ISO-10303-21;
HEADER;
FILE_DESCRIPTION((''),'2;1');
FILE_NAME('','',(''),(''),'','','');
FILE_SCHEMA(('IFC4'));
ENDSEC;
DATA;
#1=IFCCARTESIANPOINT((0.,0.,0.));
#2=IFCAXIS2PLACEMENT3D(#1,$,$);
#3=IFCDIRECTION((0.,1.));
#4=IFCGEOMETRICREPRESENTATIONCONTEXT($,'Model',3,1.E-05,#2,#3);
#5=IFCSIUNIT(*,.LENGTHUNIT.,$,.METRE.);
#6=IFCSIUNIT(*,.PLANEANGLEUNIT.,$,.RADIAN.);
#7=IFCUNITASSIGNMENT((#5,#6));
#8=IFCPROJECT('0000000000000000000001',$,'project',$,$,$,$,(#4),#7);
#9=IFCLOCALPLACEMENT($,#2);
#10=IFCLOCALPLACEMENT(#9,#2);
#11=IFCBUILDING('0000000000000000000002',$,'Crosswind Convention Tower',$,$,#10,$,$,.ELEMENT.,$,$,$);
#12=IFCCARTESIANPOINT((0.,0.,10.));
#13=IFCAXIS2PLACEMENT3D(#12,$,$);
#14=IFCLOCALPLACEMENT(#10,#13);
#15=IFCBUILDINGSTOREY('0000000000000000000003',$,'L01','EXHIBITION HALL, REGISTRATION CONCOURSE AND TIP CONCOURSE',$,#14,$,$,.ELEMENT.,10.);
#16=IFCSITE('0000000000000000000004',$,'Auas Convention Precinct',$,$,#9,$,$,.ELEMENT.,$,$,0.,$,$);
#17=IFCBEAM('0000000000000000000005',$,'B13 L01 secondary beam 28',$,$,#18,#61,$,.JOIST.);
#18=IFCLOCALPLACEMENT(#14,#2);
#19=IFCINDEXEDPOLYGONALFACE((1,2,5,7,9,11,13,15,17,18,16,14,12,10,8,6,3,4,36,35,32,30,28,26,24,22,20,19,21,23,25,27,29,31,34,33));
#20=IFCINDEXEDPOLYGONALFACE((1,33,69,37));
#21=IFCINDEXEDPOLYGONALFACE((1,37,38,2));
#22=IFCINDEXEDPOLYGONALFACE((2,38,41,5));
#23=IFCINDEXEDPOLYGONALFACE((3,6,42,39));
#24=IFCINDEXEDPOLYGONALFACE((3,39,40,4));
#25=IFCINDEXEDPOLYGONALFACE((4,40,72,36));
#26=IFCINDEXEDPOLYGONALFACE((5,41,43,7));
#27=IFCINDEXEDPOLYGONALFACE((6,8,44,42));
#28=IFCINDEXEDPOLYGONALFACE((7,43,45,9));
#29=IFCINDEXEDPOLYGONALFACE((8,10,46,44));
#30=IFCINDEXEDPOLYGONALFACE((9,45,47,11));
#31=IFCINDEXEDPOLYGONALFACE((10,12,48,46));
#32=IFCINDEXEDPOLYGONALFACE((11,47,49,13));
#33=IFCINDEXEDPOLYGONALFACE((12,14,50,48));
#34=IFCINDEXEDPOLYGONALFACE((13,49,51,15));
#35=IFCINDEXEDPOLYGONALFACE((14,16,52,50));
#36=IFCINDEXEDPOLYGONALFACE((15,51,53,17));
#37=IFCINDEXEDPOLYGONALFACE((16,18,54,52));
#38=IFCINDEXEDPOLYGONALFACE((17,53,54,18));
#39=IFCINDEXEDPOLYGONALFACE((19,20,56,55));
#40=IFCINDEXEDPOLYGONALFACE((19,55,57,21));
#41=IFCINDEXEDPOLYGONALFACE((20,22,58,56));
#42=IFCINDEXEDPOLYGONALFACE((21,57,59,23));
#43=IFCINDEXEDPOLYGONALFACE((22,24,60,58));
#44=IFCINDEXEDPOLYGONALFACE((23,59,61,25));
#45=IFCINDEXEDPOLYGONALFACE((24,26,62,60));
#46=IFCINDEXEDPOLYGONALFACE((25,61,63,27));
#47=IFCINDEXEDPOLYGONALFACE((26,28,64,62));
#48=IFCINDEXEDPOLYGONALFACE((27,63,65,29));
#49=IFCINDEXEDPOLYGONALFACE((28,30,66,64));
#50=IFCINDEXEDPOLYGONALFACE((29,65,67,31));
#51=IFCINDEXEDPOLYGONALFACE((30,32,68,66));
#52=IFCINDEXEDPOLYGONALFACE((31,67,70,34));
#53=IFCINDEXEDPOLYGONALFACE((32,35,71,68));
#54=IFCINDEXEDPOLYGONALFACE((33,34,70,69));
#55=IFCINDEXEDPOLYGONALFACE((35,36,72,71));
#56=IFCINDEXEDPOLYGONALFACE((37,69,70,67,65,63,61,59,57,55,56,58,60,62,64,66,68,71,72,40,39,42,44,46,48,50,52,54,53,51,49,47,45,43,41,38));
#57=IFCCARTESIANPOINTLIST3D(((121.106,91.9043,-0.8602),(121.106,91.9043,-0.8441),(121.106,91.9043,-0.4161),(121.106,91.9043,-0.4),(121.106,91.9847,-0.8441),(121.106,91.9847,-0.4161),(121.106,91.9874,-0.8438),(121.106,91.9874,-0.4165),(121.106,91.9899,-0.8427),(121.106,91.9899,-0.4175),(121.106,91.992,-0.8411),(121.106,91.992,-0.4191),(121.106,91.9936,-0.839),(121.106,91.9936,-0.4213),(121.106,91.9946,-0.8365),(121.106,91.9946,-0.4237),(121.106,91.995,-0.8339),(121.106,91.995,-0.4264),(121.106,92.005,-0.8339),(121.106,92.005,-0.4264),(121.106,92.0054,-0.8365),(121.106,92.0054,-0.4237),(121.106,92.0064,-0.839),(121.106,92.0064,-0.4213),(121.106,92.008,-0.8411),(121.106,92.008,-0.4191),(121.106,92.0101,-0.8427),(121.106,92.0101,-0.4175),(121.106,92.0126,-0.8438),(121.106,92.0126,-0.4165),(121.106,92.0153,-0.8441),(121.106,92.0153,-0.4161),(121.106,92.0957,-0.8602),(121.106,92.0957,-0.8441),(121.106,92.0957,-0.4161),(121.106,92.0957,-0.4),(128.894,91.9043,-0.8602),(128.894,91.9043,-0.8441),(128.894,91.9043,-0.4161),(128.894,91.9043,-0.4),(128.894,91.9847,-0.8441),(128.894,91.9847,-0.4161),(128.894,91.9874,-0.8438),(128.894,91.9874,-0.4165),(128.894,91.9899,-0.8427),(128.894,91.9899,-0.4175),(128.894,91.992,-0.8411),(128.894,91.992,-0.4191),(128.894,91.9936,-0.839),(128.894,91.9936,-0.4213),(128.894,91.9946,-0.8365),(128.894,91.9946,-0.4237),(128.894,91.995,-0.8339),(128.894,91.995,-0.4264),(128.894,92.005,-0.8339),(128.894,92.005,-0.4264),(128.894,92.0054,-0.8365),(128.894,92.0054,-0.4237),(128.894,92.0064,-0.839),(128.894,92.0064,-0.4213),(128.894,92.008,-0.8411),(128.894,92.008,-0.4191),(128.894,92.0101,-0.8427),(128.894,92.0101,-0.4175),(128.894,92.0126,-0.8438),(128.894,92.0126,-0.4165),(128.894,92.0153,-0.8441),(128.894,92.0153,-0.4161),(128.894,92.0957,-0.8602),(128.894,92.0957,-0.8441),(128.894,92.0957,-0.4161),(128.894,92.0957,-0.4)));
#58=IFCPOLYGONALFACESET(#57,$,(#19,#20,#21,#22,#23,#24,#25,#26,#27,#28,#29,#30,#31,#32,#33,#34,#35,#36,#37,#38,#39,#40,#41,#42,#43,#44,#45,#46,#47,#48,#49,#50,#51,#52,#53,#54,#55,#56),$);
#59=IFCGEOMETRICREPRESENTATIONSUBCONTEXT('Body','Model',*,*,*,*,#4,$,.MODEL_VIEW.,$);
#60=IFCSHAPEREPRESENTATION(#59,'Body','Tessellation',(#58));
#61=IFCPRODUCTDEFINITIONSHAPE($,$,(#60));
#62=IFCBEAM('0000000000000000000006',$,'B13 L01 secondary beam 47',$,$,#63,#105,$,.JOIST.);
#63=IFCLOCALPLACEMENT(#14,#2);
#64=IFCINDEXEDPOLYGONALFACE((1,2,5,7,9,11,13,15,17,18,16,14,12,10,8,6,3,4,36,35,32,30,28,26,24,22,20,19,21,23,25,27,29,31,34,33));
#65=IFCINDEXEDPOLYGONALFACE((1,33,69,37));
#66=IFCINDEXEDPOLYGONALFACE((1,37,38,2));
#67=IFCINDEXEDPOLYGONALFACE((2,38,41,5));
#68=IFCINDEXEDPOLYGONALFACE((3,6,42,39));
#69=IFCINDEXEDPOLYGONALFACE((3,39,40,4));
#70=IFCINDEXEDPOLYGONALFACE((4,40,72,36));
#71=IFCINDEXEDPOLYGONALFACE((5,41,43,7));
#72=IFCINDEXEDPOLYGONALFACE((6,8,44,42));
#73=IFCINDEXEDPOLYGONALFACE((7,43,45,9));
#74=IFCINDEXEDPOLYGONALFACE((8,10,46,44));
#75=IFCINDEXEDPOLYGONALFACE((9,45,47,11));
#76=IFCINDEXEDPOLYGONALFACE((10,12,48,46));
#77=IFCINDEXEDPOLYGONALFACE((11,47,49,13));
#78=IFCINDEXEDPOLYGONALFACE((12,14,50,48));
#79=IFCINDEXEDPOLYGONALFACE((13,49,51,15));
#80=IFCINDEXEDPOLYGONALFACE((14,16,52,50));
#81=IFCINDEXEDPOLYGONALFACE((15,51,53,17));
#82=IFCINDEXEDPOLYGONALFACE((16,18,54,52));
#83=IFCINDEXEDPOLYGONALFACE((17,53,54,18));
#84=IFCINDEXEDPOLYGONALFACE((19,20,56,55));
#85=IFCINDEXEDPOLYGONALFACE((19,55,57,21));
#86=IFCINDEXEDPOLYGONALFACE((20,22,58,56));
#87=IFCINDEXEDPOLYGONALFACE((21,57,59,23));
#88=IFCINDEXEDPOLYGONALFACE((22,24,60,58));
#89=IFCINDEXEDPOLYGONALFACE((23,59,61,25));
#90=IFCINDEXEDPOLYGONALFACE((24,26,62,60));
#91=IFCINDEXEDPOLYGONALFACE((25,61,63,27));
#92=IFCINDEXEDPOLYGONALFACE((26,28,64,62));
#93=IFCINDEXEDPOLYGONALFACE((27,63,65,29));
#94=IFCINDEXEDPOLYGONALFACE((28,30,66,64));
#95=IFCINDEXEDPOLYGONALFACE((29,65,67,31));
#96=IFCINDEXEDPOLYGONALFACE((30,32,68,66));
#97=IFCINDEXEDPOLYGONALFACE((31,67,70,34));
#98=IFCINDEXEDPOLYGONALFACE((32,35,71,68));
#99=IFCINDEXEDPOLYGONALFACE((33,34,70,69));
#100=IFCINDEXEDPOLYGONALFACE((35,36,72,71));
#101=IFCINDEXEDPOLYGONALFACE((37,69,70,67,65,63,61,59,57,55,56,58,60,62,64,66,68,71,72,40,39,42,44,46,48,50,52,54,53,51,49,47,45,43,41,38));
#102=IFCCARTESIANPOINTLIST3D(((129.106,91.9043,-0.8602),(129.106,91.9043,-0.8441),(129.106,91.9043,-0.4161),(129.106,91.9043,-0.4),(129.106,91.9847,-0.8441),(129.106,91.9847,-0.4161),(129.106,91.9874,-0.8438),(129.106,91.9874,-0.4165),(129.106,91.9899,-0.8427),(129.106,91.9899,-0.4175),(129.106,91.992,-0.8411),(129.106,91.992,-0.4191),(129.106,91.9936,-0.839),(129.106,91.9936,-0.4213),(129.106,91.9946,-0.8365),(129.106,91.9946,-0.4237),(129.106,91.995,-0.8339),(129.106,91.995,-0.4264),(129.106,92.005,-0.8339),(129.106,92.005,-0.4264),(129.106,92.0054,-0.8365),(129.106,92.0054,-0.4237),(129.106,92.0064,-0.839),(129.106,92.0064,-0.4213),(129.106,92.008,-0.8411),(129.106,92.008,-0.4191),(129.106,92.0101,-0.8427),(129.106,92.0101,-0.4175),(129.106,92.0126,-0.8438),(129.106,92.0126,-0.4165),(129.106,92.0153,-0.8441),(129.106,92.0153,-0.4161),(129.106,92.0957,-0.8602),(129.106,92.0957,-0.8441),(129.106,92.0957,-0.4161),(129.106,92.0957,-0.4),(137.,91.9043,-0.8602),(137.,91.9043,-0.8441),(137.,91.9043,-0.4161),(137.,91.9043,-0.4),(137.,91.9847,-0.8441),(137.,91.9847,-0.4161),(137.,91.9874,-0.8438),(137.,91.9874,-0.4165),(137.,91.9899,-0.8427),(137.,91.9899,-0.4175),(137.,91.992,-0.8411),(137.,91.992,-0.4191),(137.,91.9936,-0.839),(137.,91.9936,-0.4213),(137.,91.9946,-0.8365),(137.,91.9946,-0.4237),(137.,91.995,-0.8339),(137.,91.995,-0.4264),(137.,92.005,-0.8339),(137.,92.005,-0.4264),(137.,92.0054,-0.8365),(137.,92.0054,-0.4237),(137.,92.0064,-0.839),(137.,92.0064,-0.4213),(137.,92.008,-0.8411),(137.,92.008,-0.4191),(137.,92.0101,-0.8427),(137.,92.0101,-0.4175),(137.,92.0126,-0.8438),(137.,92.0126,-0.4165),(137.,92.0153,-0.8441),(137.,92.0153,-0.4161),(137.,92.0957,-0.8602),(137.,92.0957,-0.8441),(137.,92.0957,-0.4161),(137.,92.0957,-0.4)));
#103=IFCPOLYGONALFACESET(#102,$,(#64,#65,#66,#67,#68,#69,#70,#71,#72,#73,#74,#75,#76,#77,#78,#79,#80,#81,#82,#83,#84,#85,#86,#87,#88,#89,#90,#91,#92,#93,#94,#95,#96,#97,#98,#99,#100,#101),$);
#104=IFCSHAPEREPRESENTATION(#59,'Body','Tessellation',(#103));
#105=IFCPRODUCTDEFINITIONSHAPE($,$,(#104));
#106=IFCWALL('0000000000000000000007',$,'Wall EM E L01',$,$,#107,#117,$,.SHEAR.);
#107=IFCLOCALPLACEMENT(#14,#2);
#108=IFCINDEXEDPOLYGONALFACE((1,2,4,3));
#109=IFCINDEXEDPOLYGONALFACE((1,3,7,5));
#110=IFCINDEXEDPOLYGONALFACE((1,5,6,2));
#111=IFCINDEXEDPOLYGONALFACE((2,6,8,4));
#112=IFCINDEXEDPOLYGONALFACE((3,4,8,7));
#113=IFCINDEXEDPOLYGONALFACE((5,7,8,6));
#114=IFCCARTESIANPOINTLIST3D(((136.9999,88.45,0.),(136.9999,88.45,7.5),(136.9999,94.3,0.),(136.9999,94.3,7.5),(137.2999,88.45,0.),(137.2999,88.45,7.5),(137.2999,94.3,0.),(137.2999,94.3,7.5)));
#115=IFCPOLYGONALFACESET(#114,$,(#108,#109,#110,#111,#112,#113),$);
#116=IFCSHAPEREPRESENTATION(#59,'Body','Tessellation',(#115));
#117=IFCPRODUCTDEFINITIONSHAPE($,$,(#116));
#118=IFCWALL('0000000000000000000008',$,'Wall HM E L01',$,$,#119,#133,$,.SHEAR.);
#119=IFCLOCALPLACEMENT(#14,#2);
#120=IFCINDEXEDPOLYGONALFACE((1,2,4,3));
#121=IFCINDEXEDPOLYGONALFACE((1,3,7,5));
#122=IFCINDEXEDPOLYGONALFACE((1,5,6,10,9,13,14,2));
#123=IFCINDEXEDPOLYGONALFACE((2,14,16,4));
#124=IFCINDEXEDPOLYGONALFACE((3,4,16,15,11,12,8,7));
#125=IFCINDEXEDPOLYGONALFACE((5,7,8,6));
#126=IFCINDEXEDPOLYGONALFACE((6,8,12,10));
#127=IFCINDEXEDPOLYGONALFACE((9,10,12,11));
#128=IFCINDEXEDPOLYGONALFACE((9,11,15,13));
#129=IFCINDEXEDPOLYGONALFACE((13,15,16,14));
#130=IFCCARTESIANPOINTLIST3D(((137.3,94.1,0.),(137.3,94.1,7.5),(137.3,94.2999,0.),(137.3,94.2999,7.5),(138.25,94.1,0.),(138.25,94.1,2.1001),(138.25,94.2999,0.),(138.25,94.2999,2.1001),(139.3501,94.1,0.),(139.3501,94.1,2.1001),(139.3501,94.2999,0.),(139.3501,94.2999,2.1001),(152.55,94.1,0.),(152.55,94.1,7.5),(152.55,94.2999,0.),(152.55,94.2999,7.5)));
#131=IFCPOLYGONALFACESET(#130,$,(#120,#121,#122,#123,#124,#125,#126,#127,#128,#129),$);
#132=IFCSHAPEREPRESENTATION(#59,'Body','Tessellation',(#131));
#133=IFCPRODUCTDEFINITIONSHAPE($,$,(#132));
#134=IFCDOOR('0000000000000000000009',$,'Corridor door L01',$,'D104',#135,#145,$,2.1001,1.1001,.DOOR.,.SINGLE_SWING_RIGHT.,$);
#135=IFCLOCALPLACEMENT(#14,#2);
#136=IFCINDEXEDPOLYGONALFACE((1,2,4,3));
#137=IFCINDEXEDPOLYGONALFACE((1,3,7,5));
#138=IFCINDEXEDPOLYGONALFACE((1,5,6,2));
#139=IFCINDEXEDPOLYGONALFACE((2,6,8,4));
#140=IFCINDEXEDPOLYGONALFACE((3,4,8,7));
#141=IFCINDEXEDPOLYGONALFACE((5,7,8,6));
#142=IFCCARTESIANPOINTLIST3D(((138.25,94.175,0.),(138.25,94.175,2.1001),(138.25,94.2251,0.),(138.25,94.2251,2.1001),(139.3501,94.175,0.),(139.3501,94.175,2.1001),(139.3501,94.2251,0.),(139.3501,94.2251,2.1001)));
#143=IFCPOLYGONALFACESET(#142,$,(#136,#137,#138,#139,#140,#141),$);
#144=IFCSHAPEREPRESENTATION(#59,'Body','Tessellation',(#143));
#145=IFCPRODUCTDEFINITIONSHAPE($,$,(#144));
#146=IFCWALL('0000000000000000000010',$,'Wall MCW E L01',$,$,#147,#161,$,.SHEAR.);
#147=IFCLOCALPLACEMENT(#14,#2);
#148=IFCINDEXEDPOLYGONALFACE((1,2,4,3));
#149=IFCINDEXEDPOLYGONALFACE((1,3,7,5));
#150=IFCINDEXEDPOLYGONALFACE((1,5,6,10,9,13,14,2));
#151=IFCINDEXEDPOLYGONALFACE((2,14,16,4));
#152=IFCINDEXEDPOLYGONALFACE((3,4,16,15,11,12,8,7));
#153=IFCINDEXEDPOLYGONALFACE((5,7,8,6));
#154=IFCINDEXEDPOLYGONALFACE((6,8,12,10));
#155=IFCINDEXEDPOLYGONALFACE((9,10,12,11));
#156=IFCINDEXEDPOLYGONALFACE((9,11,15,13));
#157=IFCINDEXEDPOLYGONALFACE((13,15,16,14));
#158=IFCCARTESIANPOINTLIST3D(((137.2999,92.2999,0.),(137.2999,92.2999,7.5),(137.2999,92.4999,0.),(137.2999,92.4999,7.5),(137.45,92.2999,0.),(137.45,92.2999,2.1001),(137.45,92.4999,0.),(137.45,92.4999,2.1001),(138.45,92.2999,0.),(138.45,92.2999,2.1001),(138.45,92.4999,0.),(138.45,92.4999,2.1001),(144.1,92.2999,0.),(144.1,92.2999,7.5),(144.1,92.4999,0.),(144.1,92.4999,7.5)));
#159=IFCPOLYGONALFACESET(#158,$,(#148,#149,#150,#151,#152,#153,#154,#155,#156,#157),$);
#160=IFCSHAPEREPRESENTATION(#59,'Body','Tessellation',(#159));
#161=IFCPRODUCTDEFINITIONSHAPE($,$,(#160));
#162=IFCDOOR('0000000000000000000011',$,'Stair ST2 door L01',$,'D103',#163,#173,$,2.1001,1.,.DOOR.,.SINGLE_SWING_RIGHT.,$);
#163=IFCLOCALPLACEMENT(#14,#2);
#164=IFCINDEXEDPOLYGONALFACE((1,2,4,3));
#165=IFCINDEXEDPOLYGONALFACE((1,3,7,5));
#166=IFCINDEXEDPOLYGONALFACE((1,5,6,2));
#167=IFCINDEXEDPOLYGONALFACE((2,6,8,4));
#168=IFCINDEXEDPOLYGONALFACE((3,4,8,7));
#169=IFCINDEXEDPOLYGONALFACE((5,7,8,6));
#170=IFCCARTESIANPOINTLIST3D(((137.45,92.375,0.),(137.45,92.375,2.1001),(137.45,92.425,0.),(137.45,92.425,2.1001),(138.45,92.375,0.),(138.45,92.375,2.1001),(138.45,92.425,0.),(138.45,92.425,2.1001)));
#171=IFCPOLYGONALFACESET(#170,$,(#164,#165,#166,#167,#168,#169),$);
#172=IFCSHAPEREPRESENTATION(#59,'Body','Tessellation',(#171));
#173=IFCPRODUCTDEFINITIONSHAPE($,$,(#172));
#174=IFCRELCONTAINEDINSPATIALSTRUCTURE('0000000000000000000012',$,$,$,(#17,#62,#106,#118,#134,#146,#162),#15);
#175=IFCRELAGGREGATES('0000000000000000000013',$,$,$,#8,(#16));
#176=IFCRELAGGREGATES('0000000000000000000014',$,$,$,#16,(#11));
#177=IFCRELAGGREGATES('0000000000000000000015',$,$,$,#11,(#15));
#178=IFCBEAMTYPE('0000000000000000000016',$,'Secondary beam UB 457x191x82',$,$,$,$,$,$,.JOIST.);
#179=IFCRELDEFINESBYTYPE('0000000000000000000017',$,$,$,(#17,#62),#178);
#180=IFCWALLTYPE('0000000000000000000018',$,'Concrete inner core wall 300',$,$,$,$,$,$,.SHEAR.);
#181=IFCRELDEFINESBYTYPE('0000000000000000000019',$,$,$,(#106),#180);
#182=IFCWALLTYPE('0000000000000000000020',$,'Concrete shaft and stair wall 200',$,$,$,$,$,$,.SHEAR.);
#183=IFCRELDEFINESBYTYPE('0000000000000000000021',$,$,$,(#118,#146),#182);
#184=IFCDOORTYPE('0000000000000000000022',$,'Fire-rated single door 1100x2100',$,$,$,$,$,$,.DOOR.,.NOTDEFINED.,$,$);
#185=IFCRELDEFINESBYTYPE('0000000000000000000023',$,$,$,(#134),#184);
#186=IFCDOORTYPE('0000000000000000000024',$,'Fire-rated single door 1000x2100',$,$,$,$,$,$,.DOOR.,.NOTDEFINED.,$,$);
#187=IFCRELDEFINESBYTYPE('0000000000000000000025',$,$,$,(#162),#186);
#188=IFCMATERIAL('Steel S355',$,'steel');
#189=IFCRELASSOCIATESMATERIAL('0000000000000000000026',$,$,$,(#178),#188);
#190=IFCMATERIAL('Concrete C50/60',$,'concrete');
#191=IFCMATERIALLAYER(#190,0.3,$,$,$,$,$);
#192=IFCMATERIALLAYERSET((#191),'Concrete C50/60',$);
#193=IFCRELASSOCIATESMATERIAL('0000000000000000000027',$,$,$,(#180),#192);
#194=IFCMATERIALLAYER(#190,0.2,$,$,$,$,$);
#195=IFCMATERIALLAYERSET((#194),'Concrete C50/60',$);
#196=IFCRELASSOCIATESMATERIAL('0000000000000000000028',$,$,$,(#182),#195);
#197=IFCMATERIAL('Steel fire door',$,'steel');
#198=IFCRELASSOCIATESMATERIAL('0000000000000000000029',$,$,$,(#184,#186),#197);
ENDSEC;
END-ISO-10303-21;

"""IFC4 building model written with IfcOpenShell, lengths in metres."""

from ifc_helpers import new_model, si_unit, direction, frame, frame_2d, origin, origin_2d, place, context, subcontext, project, spatial, rectangle, i_section, extrude, material, layer, layer_set, material_profile, profile_set, type_object, element, fill, save


model = new_model("IFC4")

# Units and contexts
model_context = context("Model", 3, precision=1e-05, world=origin(), true_north=direction((0.0, 1.0)))
body_context = subcontext(model_context, "Body", "Model", "MODEL_VIEW")
ifc_project = project(units=[si_unit("LENGTHUNIT", "METRE"), si_unit("PLANEANGLEUNIT", "RADIAN")], contexts=[model_context])

# Site, building, storey
site_placement = place(None, origin())
site = spatial("IfcSite", under=ifc_project, at=site_placement, Name="Auas Convention Precinct", CompositionType="ELEMENT", RefElevation=0.0)
building_placement = place(site_placement, origin())
building = spatial("IfcBuilding", under=site, at=building_placement, Name="Crosswind Convention Tower", CompositionType="ELEMENT")
storey_placement = place(building_placement, frame((0.0, 0.0, 10.0)))
storey = spatial("IfcBuildingStorey", under=building, at=storey_placement, Name="L01", Description="EXHIBITION HALL, REGISTRATION CONCOURSE AND TIP CONCOURSE", CompositionType="ELEMENT", Elevation=10.0)

# Beams
ifc_material_1 = material(Name="Steel S355", Category="steel")
ifc_material_profile_1 = material_profile(ifc_material_1, i_section(OverallWidth=0.1914, OverallDepth=0.4602, WebThickness=0.01, FlangeThickness=0.0161, FilletRadius=0.0103, at=origin_2d()), Name="UB 457x191x82")
ifc_profile_set_1 = profile_set([ifc_material_profile_1], Name="Steel S355")
beam_type_1 = type_object("IfcBeamType", Name="Secondary beam UB 457x191x82", PredefinedType="JOIST", material=ifc_profile_set_1)
beam_1_placement = place(storey_placement, frame((121.106, 92.0, -0.6301), z_axis=(1.0, 0.0, 0.0), x_axis=(0.0, 1.0, 0.0)))
element("IfcBeam", 1, at=beam_1_placement, inside=storey, type_object=beam_type_1, Name="B13 L01 secondary beam 28", PredefinedType="JOIST", context=body_context, shape_type="SweptSolid", body=[
    extrude(i_section(OverallWidth=0.1914, OverallDepth=0.4602, WebThickness=0.01, FlangeThickness=0.0161, FilletRadius=0.0103, at=origin_2d()), origin(), (0.0, 0.0, 1.0), 7.7881),
])
beam_2_placement = place(storey_placement, frame((129.106, 92.0, -0.6301), z_axis=(1.0, 0.0, 0.0), x_axis=(0.0, 1.0, 0.0)))
element("IfcBeam", 2, at=beam_2_placement, inside=storey, type_object=beam_type_1, Name="B13 L01 secondary beam 47", PredefinedType="JOIST", context=body_context, shape_type="SweptSolid", body=[
    extrude(i_section(OverallWidth=0.1914, OverallDepth=0.4602, WebThickness=0.01, FlangeThickness=0.0161, FilletRadius=0.0103, at=origin_2d()), origin(), (0.0, 0.0, 1.0), 7.894),
])

# Shared definitions
ifc_material_2 = material(Name="Concrete C50/60", Category="concrete")
ifc_layer_1 = layer(ifc_material_2, 0.3)
ifc_layer_set_1 = layer_set([ifc_layer_1], Name="Concrete C50/60")
wall_type_1 = type_object("IfcWallType", Name="Concrete inner core wall 300", PredefinedType="SHEAR", material=ifc_layer_set_1)

# Wall
wall_1_placement = place(storey_placement, frame((137.1499, 88.45, 0.0), z_axis=(0.0, 0.0, 1.0), x_axis=(0.0, 1.0, 0.0)))
element("IfcWall", 3, at=wall_1_placement, inside=storey, type_object=wall_type_1, Name="Wall EM E L01", PredefinedType="SHEAR", context=body_context, shape_type="SweptSolid", body=[
    extrude(rectangle(XDim=5.8501, YDim=0.3, at=frame_2d((2.925, 0.0))), origin(), (0.0, 0.0, 1.0), 7.5),
])

# Walls, openings, doors
ifc_layer_2 = layer(ifc_material_2, 0.2)
ifc_layer_set_2 = layer_set([ifc_layer_2], Name="Concrete C50/60")
wall_type_2 = type_object("IfcWallType", Name="Concrete shaft and stair wall 200", PredefinedType="SHEAR", material=ifc_layer_set_2)
wall_2_placement = place(storey_placement, frame((137.3, 94.2, 0.0), z_axis=(0.0, 0.0, 1.0), x_axis=(1.0, 0.0, 0.0)))
wall_2 = element("IfcWall", 4, at=wall_2_placement, inside=storey, type_object=wall_type_2, Name="Wall HM E L01", PredefinedType="SHEAR", context=body_context, shape_type="SweptSolid", body=[
    extrude(rectangle(XDim=15.25, YDim=0.2, at=frame_2d((7.625, 0.0))), origin(), (0.0, 0.0, 1.0), 7.5),
])
opening_1_placement = place(wall_2_placement, frame((0.95, 0.0, 0.0)))
opening_1 = element("IfcOpeningElement", 5, at=opening_1_placement, cuts=wall_2, PredefinedType="OPENING", context=body_context, shape_type="SweptSolid", body=[
    extrude(rectangle(XDim=1.1001, YDim=2.1001, at=frame_2d((0.55, 1.05))), frame((0.0, 0.1099, 0.0), z_axis=(0.0, -1.0, 0.0), x_axis=(1.0, 0.0, 0.0)), (0.0, 0.0, 1.0), 0.22),
])
ifc_material_3 = material(Name="Steel fire door", Category="steel")
door_type_1 = type_object("IfcDoorType", Name="Fire-rated single door 1100x2100", OperationType="NOTDEFINED", PredefinedType="DOOR", material=ifc_material_3)
door_1_placement = place(opening_1_placement, frame((1.1001, 0.0, 0.0), z_axis=(0.0, 0.0, 1.0), x_axis=(-1.0, 0.0, 0.0)))
door_1 = element("IfcDoor", 6, at=door_1_placement, inside=storey, type_object=door_type_1, Name="Corridor door L01", ObjectType="D104", OperationType="SINGLE_SWING_RIGHT", OverallHeight=2.1001, OverallWidth=1.1001, PredefinedType="DOOR", context=body_context, shape_type="SweptSolid", body=[
    extrude(rectangle(XDim=1.1001, YDim=2.1001, at=frame_2d((0.55, 1.05))), frame((0.0, 0.0249, 0.0), z_axis=(0.0, -1.0, 0.0), x_axis=(1.0, 0.0, 0.0)), (0.0, 0.0, 1.0), 0.05),
])
fill(opening_1, door_1)
wall_3_placement = place(storey_placement, frame((137.3, 92.3999, 0.0), z_axis=(0.0, 0.0, 1.0), x_axis=(1.0, 0.0, 0.0)))
wall_3 = element("IfcWall", 7, at=wall_3_placement, inside=storey, type_object=wall_type_2, Name="Wall MCW E L01", PredefinedType="SHEAR", context=body_context, shape_type="SweptSolid", body=[
    extrude(rectangle(XDim=6.8, YDim=0.2, at=frame_2d((3.3999, 0.0))), origin(), (0.0, 0.0, 1.0), 7.5),
])
opening_2_placement = place(wall_3_placement, frame((0.1499, 0.0, 0.0)))
opening_2 = element("IfcOpeningElement", 8, at=opening_2_placement, cuts=wall_3, PredefinedType="OPENING", context=body_context, shape_type="SweptSolid", body=[
    extrude(rectangle(XDim=1.0, YDim=2.1001, at=frame_2d((0.5, 1.05))), frame((0.0, 0.1099, 0.0), z_axis=(0.0, -1.0, 0.0), x_axis=(1.0, 0.0, 0.0)), (0.0, 0.0, 1.0), 0.22),
])
door_type_2 = type_object("IfcDoorType", Name="Fire-rated single door 1000x2100", OperationType="NOTDEFINED", PredefinedType="DOOR", material=ifc_material_3)
door_2_placement = place(opening_2_placement, frame((1.0, 0.0, 0.0), z_axis=(0.0, 0.0, 1.0), x_axis=(-1.0, 0.0, 0.0)))
door_2 = element("IfcDoor", 9, at=door_2_placement, inside=storey, type_object=door_type_2, Name="Stair ST2 door L01", ObjectType="D103", OperationType="SINGLE_SWING_RIGHT", OverallHeight=2.1001, OverallWidth=1.0, PredefinedType="DOOR", context=body_context, shape_type="SweptSolid", body=[
    extrude(rectangle(XDim=1.0, YDim=2.1001, at=frame_2d((0.5, 1.05))), frame((0.0, 0.0249, 0.0), z_axis=(0.0, -1.0, 0.0), x_axis=(1.0, 0.0, 0.0)), (0.0, 0.0, 1.0), 0.05),
])
fill(opening_2, door_2)

save(model, "model.ifc")
